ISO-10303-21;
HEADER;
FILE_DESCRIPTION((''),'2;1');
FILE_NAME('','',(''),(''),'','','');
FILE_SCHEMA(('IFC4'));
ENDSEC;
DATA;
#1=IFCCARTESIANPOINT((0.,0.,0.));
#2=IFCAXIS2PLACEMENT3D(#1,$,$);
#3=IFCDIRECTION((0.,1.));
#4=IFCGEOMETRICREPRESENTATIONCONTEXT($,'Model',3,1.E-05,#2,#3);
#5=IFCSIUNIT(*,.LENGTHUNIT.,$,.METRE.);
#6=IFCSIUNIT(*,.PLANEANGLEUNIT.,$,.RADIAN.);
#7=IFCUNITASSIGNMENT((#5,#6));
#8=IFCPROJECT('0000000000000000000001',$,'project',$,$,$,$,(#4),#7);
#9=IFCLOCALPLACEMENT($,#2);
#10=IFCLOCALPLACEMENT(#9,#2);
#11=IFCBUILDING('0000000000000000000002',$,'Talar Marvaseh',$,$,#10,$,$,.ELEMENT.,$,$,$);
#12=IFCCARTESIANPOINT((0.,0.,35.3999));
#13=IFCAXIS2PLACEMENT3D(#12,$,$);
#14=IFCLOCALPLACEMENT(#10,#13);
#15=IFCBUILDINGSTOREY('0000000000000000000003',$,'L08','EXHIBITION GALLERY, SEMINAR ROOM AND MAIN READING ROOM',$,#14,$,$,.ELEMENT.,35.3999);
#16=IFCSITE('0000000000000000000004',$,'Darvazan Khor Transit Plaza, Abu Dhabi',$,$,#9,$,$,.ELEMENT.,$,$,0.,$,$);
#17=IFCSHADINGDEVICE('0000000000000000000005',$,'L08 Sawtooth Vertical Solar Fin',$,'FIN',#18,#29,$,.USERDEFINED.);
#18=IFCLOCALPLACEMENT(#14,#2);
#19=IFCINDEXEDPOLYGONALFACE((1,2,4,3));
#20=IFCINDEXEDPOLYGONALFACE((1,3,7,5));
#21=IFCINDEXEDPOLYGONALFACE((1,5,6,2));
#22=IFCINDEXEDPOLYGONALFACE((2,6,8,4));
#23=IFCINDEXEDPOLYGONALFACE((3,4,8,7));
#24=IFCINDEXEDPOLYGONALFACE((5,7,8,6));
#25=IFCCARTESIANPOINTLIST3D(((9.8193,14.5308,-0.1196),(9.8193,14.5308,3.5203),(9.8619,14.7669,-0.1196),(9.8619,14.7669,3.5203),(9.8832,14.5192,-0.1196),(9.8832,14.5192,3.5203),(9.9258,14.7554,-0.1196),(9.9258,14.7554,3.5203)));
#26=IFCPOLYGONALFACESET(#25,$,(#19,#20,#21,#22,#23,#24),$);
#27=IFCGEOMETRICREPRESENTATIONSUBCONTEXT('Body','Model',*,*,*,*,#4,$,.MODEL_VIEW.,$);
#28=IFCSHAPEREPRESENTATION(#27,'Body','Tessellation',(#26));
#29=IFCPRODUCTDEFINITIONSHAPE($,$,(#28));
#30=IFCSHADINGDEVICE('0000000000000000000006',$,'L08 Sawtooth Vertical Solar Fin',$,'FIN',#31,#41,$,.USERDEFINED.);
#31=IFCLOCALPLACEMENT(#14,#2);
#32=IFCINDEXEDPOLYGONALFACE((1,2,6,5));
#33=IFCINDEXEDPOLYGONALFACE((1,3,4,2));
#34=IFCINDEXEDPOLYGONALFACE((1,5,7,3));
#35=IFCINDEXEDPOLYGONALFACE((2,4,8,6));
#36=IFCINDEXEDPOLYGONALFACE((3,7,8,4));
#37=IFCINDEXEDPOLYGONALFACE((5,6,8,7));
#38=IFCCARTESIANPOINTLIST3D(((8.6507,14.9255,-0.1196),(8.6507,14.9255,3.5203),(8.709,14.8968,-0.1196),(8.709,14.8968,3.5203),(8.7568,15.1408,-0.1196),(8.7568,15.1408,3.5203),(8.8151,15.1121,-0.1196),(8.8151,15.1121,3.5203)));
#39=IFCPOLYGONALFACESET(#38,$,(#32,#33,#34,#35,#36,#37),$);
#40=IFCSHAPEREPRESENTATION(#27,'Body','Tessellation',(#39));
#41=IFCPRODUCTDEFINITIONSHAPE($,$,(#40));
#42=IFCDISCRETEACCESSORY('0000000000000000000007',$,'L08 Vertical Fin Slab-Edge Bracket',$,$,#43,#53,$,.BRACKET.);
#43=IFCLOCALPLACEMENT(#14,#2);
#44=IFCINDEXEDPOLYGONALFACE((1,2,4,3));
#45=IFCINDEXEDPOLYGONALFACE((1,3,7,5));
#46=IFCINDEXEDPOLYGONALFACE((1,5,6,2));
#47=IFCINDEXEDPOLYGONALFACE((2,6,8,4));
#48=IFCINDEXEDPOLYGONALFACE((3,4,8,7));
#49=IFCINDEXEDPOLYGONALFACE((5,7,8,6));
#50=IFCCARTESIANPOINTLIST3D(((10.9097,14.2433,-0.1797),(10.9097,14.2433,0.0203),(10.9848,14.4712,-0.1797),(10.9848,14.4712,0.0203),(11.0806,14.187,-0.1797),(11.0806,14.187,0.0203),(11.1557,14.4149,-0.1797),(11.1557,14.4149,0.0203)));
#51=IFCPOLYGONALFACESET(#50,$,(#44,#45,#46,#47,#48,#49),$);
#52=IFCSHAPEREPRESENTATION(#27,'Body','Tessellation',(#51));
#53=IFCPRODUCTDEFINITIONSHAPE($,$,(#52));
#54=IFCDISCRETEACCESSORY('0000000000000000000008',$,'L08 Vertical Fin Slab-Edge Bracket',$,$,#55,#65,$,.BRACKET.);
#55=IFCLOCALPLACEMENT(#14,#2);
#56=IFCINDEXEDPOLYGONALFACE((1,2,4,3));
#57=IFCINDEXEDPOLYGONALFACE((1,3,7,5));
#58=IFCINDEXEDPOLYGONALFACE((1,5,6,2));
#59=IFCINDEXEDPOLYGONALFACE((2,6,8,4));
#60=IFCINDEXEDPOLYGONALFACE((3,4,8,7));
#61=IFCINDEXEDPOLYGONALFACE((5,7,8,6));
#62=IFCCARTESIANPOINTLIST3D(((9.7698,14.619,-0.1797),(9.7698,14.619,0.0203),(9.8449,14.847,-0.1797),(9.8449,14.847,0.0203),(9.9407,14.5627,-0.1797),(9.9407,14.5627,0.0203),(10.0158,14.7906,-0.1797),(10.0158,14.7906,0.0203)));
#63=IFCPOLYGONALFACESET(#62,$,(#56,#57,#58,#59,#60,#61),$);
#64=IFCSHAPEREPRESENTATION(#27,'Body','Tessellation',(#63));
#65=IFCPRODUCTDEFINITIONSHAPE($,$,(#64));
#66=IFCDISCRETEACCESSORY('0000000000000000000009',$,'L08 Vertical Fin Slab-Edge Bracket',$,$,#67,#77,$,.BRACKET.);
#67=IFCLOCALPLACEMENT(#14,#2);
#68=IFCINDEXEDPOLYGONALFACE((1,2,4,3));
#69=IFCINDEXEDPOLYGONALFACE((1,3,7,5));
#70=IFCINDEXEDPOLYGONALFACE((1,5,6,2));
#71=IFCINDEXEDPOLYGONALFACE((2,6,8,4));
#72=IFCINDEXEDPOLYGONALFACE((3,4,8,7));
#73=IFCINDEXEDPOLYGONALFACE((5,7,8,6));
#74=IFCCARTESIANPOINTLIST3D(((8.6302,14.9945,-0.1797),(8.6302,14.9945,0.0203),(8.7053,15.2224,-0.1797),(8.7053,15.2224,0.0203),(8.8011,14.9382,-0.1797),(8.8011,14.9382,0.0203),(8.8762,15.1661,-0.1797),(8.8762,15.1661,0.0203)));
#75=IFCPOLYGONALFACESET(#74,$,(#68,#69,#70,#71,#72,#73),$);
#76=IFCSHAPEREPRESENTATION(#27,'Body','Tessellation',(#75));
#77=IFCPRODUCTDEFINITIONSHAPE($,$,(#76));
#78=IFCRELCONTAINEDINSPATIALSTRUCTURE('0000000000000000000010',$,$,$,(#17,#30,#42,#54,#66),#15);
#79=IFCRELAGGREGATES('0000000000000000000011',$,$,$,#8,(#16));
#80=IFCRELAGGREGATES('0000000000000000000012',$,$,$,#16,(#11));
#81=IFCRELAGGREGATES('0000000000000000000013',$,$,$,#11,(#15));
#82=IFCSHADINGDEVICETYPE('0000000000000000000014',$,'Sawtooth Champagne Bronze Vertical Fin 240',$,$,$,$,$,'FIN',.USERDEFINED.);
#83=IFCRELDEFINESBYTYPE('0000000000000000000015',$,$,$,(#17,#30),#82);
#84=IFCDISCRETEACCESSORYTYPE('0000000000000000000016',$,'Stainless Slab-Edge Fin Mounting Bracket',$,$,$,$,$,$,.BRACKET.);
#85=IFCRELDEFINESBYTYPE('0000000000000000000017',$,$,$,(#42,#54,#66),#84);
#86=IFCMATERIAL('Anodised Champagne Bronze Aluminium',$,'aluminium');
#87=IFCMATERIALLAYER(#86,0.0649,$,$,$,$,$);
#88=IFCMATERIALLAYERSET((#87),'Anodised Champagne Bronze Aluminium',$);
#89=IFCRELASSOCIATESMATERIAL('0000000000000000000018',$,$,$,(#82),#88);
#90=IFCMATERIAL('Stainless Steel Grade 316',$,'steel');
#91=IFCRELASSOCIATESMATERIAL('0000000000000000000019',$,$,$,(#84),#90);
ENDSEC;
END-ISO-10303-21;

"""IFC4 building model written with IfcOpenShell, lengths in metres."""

from ifc_helpers import new_model, si_unit, direction, frame, origin, origin_2d, place, context, subcontext, project, spatial, rectangle, extrude, source, transform, mapped, material, layer, layer_set, type_object, type_shapes, element, save


model = new_model("IFC4")

# Units and contexts
model_context = context("Model", 3, precision=1e-05, world=origin(), true_north=direction((0.0, 1.0)))
body_context = subcontext(model_context, "Body", "Model", "MODEL_VIEW")
ifc_project = project(units=[si_unit("LENGTHUNIT", "METRE"), si_unit("PLANEANGLEUNIT", "RADIAN")], contexts=[model_context])

# Site, building, storey
site_placement = place(None, origin())
site = spatial("IfcSite", under=ifc_project, at=site_placement, Name="Darvazan Khor Transit Plaza, Abu Dhabi", CompositionType="ELEMENT", RefElevation=0.0)
building_placement = place(site_placement, origin())
building = spatial("IfcBuilding", under=site, at=building_placement, Name="Talar Marvaseh", CompositionType="ELEMENT")
storey_placement = place(building_placement, frame((0.0, 0.0, 35.3999)))
storey = spatial("IfcBuildingStorey", under=building, at=storey_placement, Name="L08", Description="EXHIBITION GALLERY, SEMINAR ROOM AND MAIN READING ROOM", CompositionType="ELEMENT", Elevation=35.3999)

# Shading devices
ifc_material_1 = material(Name="Anodised Champagne Bronze Aluminium", Category="aluminium")
ifc_layer_1 = layer(ifc_material_1, 0.0649)
ifc_layer_set_1 = layer_set([ifc_layer_1], Name="Anodised Champagne Bronze Aluminium")
shading_device_type = type_object("IfcShadingDeviceType", Name="Sawtooth Champagne Bronze Vertical Fin 240", ElementType="FIN", PredefinedType="USERDEFINED", material=ifc_layer_set_1)
shared_shape_1 = source(origin(), body_context, "Body", "SweptSolid", [
    extrude(rectangle(XDim=0.24, YDim=0.0649, at=origin_2d()), origin(), (0.0, 0.0, 1.0), 3.6399),
])
type_shapes(shading_device_type, [shared_shape_1])
for number, where, z_axis, x_axis, name in (
    (1, (9.8726, 14.6431, -0.1196), (0.0, 0.0, 1.0), (-0.177772, -0.984072, 0.0), "L08 Sawtooth Vertical Solar Fin"),
    (2, (8.7329, 15.0188, -0.1196), (0.0, 0.0, 1.0), (-0.442132, -0.89695, 0.0), "L08 Sawtooth Vertical Solar Fin"),
):
    element("IfcShadingDevice", number, at=place(storey_placement, frame(where, z_axis=z_axis, x_axis=x_axis)), inside=storey, type_object=shading_device_type, Name=name, ObjectType="FIN", PredefinedType="USERDEFINED", context=body_context, shape_type="MappedRepresentation", body=[
        mapped(shared_shape_1, transform((0.0, 0.0, 0.0), x_axis=(1.0, 0.0, 0.0), y_axis=(0.0, 1.0, 0.0), z_axis=(0.0, 0.0, 1.0), scale=1.0)),
    ])

# Discrete accessories
ifc_material_2 = material(Name="Stainless Steel Grade 316", Category="steel")
discrete_accessory_type = type_object("IfcDiscreteAccessoryType", Name="Stainless Slab-Edge Fin Mounting Bracket", PredefinedType="BRACKET", material=ifc_material_2)
shared_shape_2 = source(origin(), body_context, "Body", "SweptSolid", [
    extrude(rectangle(XDim=0.24, YDim=0.1799, at=origin_2d()), origin(), (0.0, 0.0, 1.0), 0.2),
])
type_shapes(discrete_accessory_type, [shared_shape_2])
for number, where, z_axis, x_axis, name in (
    (3, (11.0327, 14.3291, -0.1797), (0.0, 0.0, 1.0), (-0.312998, -0.949754, 0.0), "L08 Vertical Fin Slab-Edge Bracket"),
    (4, (9.8928, 14.7048, -0.1797), (0.0, 0.0, 1.0), (-0.312998, -0.949754, 0.0), "L08 Vertical Fin Slab-Edge Bracket"),
    (5, (8.7532, 15.0803, -0.1797), (0.0, 0.0, 1.0), (-0.312998, -0.949754, 0.0), "L08 Vertical Fin Slab-Edge Bracket"),
):
    element("IfcDiscreteAccessory", number, at=place(storey_placement, frame(where, z_axis=z_axis, x_axis=x_axis)), inside=storey, type_object=discrete_accessory_type, Name=name, PredefinedType="BRACKET", context=body_context, shape_type="MappedRepresentation", body=[
        mapped(shared_shape_2, transform((0.0, 0.0, 0.0), x_axis=(1.0, 0.0, 0.0), y_axis=(0.0, 1.0, 0.0), z_axis=(0.0, 0.0, 1.0), scale=1.0)),
    ])

save(model, "model.ifc")
